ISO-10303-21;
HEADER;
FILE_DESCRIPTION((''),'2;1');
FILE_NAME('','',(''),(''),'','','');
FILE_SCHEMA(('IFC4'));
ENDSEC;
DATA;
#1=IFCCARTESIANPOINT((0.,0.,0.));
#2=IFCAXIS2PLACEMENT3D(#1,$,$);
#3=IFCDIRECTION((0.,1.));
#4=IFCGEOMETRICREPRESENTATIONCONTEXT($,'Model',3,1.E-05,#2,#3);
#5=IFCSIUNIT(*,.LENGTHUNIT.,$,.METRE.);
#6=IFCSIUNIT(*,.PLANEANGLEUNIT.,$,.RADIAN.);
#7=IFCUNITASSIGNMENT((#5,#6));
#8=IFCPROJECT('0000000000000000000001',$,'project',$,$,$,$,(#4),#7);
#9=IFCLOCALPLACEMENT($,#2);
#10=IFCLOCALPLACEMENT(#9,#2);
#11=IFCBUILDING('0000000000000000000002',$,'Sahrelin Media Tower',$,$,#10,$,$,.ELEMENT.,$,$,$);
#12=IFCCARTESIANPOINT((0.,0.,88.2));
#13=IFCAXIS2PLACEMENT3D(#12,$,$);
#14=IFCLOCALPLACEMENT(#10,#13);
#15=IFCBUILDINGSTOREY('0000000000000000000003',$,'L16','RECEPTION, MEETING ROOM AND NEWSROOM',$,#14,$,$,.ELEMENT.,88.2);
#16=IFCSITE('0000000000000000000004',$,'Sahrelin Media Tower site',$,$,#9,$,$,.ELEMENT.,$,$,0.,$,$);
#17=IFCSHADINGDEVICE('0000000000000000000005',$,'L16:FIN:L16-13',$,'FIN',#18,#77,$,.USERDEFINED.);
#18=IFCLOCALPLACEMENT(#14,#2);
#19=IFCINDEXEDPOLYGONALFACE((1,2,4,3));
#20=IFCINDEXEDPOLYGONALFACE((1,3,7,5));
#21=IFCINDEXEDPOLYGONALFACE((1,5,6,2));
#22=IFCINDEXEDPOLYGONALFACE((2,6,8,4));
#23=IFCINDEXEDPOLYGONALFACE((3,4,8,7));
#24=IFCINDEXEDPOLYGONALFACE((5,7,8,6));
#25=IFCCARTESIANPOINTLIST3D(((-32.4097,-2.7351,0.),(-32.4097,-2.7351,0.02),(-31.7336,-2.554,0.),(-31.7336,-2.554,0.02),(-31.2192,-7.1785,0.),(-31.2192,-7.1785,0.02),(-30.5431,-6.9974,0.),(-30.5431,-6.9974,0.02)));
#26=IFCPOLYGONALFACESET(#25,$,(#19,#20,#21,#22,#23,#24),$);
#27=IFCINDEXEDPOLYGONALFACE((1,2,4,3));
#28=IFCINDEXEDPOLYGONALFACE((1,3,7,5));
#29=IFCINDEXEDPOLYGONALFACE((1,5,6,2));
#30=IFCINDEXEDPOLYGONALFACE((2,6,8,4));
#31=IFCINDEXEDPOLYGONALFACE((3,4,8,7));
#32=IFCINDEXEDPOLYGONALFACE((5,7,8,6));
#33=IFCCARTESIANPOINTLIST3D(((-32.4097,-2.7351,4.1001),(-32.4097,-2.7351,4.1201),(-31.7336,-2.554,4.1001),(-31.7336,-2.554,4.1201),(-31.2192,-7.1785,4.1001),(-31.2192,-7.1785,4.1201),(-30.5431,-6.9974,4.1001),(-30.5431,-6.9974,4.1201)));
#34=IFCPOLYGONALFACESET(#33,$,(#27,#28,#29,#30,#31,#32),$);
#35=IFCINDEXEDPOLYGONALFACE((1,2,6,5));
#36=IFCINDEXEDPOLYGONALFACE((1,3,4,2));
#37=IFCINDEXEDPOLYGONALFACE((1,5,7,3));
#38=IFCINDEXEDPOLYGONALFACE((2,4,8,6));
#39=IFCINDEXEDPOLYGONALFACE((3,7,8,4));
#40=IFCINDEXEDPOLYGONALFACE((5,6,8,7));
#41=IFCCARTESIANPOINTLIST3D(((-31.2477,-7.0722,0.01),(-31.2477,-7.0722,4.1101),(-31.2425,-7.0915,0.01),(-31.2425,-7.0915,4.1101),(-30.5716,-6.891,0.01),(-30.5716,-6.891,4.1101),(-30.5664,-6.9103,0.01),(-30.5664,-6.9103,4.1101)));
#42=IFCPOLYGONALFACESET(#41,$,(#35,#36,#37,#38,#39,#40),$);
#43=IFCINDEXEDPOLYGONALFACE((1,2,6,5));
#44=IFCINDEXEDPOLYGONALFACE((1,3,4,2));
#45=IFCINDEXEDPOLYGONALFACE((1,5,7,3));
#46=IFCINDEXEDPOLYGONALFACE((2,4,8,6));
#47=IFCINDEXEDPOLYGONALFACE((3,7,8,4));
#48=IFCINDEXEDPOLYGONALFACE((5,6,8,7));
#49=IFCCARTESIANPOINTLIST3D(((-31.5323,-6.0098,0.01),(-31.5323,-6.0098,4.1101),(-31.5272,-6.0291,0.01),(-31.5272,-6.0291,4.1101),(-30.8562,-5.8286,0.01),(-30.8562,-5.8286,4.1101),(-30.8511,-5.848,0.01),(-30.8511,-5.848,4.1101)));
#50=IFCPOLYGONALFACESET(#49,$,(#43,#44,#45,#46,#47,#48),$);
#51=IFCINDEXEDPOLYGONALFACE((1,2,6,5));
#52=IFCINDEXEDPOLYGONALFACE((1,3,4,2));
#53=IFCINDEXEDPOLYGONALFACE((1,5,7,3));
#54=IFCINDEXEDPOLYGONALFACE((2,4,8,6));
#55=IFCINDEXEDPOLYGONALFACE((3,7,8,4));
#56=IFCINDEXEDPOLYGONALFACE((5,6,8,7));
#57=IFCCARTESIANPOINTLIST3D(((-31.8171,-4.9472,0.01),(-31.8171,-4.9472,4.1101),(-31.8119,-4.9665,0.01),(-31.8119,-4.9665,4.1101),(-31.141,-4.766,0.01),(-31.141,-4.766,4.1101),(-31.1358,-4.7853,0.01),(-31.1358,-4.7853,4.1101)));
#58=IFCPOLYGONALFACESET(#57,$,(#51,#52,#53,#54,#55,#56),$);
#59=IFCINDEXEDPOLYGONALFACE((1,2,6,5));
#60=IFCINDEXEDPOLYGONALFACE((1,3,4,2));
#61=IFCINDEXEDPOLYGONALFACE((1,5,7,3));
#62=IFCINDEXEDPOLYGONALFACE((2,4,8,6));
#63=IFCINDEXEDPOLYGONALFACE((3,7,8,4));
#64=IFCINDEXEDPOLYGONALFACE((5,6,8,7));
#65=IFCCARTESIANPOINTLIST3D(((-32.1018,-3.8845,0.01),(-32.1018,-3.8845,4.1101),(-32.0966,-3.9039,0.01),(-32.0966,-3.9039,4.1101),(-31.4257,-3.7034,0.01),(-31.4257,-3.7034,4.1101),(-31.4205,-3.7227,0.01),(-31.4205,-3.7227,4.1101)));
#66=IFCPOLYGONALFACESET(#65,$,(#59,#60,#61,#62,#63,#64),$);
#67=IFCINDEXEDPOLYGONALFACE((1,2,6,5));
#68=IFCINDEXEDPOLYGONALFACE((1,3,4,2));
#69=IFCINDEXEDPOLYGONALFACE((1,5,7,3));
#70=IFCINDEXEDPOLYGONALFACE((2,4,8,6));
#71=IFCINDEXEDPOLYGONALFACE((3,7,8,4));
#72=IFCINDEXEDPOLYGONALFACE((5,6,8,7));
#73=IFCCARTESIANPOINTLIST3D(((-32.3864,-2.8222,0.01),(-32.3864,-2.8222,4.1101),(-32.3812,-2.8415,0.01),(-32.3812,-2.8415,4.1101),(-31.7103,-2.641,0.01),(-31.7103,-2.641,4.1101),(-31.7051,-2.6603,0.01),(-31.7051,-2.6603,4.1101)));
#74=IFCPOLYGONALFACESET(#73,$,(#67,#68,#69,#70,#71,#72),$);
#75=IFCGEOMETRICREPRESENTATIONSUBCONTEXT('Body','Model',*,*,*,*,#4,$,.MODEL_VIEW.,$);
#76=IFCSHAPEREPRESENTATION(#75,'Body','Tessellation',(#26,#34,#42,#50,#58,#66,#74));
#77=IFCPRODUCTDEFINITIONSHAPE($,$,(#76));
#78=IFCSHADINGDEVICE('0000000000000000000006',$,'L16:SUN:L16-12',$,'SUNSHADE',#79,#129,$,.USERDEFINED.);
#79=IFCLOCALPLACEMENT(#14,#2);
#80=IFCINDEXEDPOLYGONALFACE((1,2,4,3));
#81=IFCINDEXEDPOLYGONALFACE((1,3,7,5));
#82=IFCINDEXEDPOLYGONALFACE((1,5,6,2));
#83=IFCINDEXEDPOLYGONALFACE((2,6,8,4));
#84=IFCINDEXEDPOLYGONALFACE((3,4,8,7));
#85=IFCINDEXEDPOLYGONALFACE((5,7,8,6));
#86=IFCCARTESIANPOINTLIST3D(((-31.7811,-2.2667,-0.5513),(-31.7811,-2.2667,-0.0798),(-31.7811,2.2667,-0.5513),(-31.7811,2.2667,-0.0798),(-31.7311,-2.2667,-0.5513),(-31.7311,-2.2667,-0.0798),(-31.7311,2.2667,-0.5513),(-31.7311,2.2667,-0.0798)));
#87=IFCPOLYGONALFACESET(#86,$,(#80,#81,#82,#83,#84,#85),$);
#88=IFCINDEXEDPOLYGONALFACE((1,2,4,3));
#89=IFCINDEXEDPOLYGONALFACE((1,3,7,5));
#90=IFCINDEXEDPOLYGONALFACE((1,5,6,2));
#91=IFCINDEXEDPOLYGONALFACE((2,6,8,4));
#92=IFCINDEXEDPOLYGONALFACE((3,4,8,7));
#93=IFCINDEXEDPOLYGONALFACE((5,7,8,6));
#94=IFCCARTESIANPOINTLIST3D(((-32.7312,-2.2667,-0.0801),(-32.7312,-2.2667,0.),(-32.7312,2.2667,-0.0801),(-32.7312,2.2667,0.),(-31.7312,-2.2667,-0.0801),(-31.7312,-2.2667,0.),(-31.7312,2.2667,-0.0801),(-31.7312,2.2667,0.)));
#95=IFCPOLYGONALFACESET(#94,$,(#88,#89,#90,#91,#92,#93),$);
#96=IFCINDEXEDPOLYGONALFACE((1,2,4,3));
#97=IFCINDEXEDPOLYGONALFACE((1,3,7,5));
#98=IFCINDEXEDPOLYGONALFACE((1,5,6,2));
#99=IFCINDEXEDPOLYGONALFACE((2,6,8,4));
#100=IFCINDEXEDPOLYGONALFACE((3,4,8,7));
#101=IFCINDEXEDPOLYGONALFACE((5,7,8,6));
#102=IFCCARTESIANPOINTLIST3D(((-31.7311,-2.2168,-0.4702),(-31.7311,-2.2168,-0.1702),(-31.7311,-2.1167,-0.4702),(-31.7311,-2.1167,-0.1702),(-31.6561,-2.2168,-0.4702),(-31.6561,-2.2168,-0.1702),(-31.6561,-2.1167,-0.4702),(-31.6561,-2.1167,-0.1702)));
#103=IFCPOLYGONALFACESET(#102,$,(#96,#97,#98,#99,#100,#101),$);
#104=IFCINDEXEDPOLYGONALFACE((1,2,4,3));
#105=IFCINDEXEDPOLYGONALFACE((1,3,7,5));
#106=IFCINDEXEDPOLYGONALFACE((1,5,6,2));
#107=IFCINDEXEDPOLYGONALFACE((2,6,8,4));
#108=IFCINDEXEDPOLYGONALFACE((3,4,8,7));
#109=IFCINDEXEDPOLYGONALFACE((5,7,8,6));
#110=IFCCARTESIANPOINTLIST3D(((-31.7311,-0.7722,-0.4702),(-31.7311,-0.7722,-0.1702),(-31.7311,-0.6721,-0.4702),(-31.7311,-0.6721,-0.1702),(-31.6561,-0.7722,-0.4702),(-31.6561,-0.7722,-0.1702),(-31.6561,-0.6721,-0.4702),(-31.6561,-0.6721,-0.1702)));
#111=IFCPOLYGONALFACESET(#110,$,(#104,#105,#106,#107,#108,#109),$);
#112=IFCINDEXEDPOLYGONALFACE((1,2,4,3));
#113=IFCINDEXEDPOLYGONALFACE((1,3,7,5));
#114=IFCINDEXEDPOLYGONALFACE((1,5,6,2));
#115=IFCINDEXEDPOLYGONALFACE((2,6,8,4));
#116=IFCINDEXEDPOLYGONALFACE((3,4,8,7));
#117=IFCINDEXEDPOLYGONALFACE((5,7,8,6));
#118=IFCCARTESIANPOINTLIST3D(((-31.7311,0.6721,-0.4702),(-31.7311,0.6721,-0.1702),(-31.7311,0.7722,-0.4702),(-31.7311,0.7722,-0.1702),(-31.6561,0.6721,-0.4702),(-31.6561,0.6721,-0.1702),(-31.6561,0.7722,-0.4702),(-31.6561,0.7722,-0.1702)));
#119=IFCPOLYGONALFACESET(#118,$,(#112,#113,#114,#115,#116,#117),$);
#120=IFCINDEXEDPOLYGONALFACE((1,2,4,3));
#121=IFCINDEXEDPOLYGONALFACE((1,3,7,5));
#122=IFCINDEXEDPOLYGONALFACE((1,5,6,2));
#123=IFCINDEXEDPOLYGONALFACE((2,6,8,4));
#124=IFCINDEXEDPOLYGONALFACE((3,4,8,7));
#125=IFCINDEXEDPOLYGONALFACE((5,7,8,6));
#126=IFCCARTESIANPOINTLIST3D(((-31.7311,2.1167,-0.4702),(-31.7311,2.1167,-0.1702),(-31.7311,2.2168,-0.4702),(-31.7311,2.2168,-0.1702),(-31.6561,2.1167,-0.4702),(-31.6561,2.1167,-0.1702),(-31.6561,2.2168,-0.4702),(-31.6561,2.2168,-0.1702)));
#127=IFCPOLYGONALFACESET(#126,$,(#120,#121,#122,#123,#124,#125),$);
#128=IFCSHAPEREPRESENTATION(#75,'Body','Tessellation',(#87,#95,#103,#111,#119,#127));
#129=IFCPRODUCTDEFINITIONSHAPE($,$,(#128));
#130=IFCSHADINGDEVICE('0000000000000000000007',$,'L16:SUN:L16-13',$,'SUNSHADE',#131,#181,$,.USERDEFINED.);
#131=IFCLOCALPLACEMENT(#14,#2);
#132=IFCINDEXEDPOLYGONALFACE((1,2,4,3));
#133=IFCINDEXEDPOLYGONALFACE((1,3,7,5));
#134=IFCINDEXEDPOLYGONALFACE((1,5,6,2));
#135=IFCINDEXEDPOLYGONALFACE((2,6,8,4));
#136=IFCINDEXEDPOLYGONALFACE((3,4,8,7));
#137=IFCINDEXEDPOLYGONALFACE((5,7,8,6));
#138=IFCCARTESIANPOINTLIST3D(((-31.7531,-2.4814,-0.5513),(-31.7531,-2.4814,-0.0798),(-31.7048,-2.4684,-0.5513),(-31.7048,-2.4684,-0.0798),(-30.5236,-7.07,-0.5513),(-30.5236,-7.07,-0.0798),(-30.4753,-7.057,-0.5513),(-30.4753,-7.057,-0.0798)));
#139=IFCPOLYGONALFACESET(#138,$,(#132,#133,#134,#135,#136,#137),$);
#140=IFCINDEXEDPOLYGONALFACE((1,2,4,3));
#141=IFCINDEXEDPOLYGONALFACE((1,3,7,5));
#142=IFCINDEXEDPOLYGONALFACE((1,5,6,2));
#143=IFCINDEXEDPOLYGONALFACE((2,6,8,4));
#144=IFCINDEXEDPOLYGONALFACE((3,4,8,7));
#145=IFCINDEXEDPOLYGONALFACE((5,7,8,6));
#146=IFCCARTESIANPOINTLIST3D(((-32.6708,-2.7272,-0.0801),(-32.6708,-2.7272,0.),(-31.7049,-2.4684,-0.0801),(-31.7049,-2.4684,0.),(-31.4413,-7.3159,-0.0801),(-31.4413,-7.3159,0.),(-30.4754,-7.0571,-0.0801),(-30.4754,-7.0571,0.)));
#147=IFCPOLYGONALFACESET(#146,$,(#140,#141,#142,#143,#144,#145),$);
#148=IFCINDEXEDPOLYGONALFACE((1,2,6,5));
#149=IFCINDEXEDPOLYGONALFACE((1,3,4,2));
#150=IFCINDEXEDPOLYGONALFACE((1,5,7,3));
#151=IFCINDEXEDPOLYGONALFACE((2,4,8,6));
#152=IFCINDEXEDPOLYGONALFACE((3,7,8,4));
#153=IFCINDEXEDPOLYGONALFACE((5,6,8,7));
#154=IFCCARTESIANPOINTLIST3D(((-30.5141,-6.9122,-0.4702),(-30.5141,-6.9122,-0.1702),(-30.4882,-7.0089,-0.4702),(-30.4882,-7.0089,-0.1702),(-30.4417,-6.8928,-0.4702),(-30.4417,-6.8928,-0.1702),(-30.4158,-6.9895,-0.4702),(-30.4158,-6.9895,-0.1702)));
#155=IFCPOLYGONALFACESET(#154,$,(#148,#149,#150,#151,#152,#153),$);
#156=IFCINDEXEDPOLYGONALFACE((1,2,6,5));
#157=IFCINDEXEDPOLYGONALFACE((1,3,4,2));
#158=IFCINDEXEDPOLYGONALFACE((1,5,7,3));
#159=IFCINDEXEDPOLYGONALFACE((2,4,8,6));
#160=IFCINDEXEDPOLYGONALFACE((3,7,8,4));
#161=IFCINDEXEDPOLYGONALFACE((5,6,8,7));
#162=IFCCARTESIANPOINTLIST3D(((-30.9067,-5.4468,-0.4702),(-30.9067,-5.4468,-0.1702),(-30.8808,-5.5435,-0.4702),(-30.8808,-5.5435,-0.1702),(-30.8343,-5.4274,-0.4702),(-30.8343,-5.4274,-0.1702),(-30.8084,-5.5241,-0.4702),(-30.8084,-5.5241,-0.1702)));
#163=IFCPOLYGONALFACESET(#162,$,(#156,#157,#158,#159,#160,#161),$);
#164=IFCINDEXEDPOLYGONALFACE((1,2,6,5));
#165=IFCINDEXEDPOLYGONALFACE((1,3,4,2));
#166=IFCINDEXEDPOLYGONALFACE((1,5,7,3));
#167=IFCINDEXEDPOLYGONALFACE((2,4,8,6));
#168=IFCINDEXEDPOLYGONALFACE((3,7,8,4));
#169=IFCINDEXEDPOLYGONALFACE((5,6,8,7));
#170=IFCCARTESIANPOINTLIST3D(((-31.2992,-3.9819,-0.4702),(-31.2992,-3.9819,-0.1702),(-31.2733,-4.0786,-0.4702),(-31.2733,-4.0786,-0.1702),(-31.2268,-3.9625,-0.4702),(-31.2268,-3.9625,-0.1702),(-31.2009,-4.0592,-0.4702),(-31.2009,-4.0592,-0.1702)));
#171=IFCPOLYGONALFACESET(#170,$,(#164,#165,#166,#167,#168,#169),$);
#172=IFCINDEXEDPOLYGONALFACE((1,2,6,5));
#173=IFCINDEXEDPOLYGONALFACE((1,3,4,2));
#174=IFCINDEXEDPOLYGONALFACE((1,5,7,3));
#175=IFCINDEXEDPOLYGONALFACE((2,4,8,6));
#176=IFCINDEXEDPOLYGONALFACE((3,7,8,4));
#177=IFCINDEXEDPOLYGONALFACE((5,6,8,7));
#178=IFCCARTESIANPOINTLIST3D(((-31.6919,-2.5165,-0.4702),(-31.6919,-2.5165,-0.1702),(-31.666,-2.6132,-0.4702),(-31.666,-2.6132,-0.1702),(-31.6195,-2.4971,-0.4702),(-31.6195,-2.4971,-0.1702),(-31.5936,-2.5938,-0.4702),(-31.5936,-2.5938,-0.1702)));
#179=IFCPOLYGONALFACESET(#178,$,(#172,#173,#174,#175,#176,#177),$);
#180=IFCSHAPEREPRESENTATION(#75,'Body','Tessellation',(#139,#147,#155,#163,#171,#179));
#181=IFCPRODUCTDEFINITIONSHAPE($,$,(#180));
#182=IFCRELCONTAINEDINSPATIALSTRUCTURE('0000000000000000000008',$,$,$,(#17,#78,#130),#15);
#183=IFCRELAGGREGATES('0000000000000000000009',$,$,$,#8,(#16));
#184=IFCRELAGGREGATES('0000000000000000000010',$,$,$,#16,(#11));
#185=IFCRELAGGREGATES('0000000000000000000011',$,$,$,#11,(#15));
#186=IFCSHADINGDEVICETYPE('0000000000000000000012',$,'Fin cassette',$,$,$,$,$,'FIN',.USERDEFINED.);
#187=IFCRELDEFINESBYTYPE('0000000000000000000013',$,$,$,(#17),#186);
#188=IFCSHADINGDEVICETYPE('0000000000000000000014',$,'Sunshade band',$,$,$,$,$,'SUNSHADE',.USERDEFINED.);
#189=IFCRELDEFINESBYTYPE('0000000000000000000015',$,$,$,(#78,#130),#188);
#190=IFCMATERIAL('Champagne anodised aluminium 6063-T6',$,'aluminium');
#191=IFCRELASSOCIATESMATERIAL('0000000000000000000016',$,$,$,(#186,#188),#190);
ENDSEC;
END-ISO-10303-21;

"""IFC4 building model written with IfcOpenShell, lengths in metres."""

from ifc_helpers import new_model, si_unit, direction, frame, origin, origin_2d, place, context, subcontext, project, spatial, rectangle, extrude, material, type_object, element, save


model = new_model("IFC4")

# Units and contexts
model_context = context("Model", 3, precision=1e-05, world=origin(), true_north=direction((0.0, 1.0)))
body_context = subcontext(model_context, "Body", "Model", "MODEL_VIEW")
ifc_project = project(units=[si_unit("LENGTHUNIT", "METRE"), si_unit("PLANEANGLEUNIT", "RADIAN")], contexts=[model_context])

# Site, building, storey
site_placement = place(None, origin())
site = spatial("IfcSite", under=ifc_project, at=site_placement, Name="Sahrelin Media Tower site", CompositionType="ELEMENT", RefElevation=0.0)
building_placement = place(site_placement, origin())
building = spatial("IfcBuilding", under=site, at=building_placement, Name="Sahrelin Media Tower", CompositionType="ELEMENT")
storey_placement = place(building_placement, frame((0.0, 0.0, 88.2)))
storey = spatial("IfcBuildingStorey", under=building, at=storey_placement, Name="L16", Description="RECEPTION, MEETING ROOM AND NEWSROOM", CompositionType="ELEMENT", Elevation=88.2)

# Shared definitions
ifc_material_1 = material(Name="Champagne anodised aluminium 6063-T6", Category="aluminium")

# Shading devices
shading_device_type_1 = type_object("IfcShadingDeviceType", Name="Fin cassette", ElementType="FIN", PredefinedType="USERDEFINED", material=ifc_material_1)
placement_1 = place(storey_placement, frame((-31.7112, 0.0, 0.0), z_axis=(0.0, 0.0, 1.0), x_axis=(0.0, 1.0, 0.0)))
placement_2 = place(storey_placement, frame((-31.0708, -4.7576, 0.0), z_axis=(0.0, 0.0, 1.0), x_axis=(-0.258808, 0.965929, 0.0)))
element("IfcShadingDevice", 1, at=placement_2, inside=storey, type_object=shading_device_type_1, Name="L16:FIN:L16-13", ObjectType="FIN", PredefinedType="USERDEFINED", context=body_context, shape_type="SweptSolid", body=[
    extrude(rectangle(XDim=4.6001, YDim=0.7, at=origin_2d()), frame((0.0, 0.4199, 0.0)), (0.0, 0.0, 1.0), 0.02),
    extrude(rectangle(XDim=4.6001, YDim=0.7, at=origin_2d()), frame((0.0, 0.4199, 4.1001)), (0.0, 0.0, 1.0), 0.02),
    extrude(rectangle(XDim=0.02, YDim=0.7, at=origin_2d()), frame((-2.2, 0.4199, 0.01), z_axis=(0.0, 0.0, 1.0), x_axis=(1.0, 0.0, 0.0)), (0.0, 0.0, 1.0), 4.1001),
    extrude(rectangle(XDim=0.02, YDim=0.7, at=origin_2d()), frame((-1.1001, 0.4199, 0.01), z_axis=(0.0, 0.0, 1.0), x_axis=(1.0, 0.0, 0.0)), (0.0, 0.0, 1.0), 4.1001),
    extrude(rectangle(XDim=0.02, YDim=0.7, at=origin_2d()), frame((0.0, 0.4199, 0.01), z_axis=(0.0, 0.0, 1.0), x_axis=(1.0, 0.0, 0.0)), (0.0, 0.0, 1.0), 4.1001),
    extrude(rectangle(XDim=0.02, YDim=0.7, at=origin_2d()), frame((1.1001, 0.4199, 0.01), z_axis=(0.0, 0.0, 1.0), x_axis=(1.0, 0.0, 0.0)), (0.0, 0.0, 1.0), 4.1001),
    extrude(rectangle(XDim=0.02, YDim=0.7, at=origin_2d()), frame((2.2, 0.4199, 0.01), z_axis=(0.0, 0.0, 1.0), x_axis=(1.0, 0.0, 0.0)), (0.0, 0.0, 1.0), 4.1001),
])
shading_device_type_2 = type_object("IfcShadingDeviceType", Name="Sunshade band", ElementType="SUNSHADE", PredefinedType="USERDEFINED", material=ifc_material_1)
element("IfcShadingDevice", 2, at=placement_1, inside=storey, type_object=shading_device_type_2, Name="L16:SUN:L16-12", ObjectType="SUNSHADE", PredefinedType="USERDEFINED", context=body_context, shape_type="SweptSolid", body=[
    extrude(rectangle(XDim=4.5334, YDim=0.05, at=origin_2d()), frame((0.0, 0.0449, -0.5513)), (0.0, 0.0, 1.0), 0.4714),
    extrude(rectangle(XDim=4.5334, YDim=1.0, at=origin_2d()), frame((0.0, 0.52, -0.0801)), (0.0, 0.0, 1.0), 0.0801),
    extrude(rectangle(XDim=0.1001, YDim=0.075, at=origin_2d()), frame((-2.1667, -0.0176, -0.4702)), (0.0, 0.0, 1.0), 0.3),
    extrude(rectangle(XDim=0.1001, YDim=0.075, at=origin_2d()), frame((-0.7222, -0.0176, -0.4702)), (0.0, 0.0, 1.0), 0.3),
    extrude(rectangle(XDim=0.1001, YDim=0.075, at=origin_2d()), frame((0.7222, -0.0176, -0.4702)), (0.0, 0.0, 1.0), 0.3),
    extrude(rectangle(XDim=0.1001, YDim=0.075, at=origin_2d()), frame((2.1667, -0.0176, -0.4702)), (0.0, 0.0, 1.0), 0.3),
])
element("IfcShadingDevice", 3, at=placement_2, inside=storey, type_object=shading_device_type_2, Name="L16:SUN:L16-13", ObjectType="SUNSHADE", PredefinedType="USERDEFINED", context=body_context, shape_type="SweptSolid", body=[
    extrude(rectangle(XDim=4.7505, YDim=0.05, at=origin_2d()), frame((0.0, 0.0449, -0.5513)), (0.0, 0.0, 1.0), 0.4714),
    extrude(rectangle(XDim=4.7505, YDim=1.0, at=origin_2d()), frame((0.0, 0.52, -0.0801)), (0.0, 0.0, 1.0), 0.0801),
    extrude(rectangle(XDim=0.1001, YDim=0.075, at=origin_2d()), frame((-2.2754, -0.0176, -0.4702)), (0.0, 0.0, 1.0), 0.3),
    extrude(rectangle(XDim=0.1001, YDim=0.075, at=origin_2d()), frame((-0.7583, -0.0176, -0.4702)), (0.0, 0.0, 1.0), 0.3),
    extrude(rectangle(XDim=0.1001, YDim=0.075, at=origin_2d()), frame((0.7583, -0.0176, -0.4702)), (0.0, 0.0, 1.0), 0.3),
    extrude(rectangle(XDim=0.1001, YDim=0.075, at=origin_2d()), frame((2.2754, -0.0176, -0.4702)), (0.0, 0.0, 1.0), 0.3),
])

save(model, "model.ifc")
